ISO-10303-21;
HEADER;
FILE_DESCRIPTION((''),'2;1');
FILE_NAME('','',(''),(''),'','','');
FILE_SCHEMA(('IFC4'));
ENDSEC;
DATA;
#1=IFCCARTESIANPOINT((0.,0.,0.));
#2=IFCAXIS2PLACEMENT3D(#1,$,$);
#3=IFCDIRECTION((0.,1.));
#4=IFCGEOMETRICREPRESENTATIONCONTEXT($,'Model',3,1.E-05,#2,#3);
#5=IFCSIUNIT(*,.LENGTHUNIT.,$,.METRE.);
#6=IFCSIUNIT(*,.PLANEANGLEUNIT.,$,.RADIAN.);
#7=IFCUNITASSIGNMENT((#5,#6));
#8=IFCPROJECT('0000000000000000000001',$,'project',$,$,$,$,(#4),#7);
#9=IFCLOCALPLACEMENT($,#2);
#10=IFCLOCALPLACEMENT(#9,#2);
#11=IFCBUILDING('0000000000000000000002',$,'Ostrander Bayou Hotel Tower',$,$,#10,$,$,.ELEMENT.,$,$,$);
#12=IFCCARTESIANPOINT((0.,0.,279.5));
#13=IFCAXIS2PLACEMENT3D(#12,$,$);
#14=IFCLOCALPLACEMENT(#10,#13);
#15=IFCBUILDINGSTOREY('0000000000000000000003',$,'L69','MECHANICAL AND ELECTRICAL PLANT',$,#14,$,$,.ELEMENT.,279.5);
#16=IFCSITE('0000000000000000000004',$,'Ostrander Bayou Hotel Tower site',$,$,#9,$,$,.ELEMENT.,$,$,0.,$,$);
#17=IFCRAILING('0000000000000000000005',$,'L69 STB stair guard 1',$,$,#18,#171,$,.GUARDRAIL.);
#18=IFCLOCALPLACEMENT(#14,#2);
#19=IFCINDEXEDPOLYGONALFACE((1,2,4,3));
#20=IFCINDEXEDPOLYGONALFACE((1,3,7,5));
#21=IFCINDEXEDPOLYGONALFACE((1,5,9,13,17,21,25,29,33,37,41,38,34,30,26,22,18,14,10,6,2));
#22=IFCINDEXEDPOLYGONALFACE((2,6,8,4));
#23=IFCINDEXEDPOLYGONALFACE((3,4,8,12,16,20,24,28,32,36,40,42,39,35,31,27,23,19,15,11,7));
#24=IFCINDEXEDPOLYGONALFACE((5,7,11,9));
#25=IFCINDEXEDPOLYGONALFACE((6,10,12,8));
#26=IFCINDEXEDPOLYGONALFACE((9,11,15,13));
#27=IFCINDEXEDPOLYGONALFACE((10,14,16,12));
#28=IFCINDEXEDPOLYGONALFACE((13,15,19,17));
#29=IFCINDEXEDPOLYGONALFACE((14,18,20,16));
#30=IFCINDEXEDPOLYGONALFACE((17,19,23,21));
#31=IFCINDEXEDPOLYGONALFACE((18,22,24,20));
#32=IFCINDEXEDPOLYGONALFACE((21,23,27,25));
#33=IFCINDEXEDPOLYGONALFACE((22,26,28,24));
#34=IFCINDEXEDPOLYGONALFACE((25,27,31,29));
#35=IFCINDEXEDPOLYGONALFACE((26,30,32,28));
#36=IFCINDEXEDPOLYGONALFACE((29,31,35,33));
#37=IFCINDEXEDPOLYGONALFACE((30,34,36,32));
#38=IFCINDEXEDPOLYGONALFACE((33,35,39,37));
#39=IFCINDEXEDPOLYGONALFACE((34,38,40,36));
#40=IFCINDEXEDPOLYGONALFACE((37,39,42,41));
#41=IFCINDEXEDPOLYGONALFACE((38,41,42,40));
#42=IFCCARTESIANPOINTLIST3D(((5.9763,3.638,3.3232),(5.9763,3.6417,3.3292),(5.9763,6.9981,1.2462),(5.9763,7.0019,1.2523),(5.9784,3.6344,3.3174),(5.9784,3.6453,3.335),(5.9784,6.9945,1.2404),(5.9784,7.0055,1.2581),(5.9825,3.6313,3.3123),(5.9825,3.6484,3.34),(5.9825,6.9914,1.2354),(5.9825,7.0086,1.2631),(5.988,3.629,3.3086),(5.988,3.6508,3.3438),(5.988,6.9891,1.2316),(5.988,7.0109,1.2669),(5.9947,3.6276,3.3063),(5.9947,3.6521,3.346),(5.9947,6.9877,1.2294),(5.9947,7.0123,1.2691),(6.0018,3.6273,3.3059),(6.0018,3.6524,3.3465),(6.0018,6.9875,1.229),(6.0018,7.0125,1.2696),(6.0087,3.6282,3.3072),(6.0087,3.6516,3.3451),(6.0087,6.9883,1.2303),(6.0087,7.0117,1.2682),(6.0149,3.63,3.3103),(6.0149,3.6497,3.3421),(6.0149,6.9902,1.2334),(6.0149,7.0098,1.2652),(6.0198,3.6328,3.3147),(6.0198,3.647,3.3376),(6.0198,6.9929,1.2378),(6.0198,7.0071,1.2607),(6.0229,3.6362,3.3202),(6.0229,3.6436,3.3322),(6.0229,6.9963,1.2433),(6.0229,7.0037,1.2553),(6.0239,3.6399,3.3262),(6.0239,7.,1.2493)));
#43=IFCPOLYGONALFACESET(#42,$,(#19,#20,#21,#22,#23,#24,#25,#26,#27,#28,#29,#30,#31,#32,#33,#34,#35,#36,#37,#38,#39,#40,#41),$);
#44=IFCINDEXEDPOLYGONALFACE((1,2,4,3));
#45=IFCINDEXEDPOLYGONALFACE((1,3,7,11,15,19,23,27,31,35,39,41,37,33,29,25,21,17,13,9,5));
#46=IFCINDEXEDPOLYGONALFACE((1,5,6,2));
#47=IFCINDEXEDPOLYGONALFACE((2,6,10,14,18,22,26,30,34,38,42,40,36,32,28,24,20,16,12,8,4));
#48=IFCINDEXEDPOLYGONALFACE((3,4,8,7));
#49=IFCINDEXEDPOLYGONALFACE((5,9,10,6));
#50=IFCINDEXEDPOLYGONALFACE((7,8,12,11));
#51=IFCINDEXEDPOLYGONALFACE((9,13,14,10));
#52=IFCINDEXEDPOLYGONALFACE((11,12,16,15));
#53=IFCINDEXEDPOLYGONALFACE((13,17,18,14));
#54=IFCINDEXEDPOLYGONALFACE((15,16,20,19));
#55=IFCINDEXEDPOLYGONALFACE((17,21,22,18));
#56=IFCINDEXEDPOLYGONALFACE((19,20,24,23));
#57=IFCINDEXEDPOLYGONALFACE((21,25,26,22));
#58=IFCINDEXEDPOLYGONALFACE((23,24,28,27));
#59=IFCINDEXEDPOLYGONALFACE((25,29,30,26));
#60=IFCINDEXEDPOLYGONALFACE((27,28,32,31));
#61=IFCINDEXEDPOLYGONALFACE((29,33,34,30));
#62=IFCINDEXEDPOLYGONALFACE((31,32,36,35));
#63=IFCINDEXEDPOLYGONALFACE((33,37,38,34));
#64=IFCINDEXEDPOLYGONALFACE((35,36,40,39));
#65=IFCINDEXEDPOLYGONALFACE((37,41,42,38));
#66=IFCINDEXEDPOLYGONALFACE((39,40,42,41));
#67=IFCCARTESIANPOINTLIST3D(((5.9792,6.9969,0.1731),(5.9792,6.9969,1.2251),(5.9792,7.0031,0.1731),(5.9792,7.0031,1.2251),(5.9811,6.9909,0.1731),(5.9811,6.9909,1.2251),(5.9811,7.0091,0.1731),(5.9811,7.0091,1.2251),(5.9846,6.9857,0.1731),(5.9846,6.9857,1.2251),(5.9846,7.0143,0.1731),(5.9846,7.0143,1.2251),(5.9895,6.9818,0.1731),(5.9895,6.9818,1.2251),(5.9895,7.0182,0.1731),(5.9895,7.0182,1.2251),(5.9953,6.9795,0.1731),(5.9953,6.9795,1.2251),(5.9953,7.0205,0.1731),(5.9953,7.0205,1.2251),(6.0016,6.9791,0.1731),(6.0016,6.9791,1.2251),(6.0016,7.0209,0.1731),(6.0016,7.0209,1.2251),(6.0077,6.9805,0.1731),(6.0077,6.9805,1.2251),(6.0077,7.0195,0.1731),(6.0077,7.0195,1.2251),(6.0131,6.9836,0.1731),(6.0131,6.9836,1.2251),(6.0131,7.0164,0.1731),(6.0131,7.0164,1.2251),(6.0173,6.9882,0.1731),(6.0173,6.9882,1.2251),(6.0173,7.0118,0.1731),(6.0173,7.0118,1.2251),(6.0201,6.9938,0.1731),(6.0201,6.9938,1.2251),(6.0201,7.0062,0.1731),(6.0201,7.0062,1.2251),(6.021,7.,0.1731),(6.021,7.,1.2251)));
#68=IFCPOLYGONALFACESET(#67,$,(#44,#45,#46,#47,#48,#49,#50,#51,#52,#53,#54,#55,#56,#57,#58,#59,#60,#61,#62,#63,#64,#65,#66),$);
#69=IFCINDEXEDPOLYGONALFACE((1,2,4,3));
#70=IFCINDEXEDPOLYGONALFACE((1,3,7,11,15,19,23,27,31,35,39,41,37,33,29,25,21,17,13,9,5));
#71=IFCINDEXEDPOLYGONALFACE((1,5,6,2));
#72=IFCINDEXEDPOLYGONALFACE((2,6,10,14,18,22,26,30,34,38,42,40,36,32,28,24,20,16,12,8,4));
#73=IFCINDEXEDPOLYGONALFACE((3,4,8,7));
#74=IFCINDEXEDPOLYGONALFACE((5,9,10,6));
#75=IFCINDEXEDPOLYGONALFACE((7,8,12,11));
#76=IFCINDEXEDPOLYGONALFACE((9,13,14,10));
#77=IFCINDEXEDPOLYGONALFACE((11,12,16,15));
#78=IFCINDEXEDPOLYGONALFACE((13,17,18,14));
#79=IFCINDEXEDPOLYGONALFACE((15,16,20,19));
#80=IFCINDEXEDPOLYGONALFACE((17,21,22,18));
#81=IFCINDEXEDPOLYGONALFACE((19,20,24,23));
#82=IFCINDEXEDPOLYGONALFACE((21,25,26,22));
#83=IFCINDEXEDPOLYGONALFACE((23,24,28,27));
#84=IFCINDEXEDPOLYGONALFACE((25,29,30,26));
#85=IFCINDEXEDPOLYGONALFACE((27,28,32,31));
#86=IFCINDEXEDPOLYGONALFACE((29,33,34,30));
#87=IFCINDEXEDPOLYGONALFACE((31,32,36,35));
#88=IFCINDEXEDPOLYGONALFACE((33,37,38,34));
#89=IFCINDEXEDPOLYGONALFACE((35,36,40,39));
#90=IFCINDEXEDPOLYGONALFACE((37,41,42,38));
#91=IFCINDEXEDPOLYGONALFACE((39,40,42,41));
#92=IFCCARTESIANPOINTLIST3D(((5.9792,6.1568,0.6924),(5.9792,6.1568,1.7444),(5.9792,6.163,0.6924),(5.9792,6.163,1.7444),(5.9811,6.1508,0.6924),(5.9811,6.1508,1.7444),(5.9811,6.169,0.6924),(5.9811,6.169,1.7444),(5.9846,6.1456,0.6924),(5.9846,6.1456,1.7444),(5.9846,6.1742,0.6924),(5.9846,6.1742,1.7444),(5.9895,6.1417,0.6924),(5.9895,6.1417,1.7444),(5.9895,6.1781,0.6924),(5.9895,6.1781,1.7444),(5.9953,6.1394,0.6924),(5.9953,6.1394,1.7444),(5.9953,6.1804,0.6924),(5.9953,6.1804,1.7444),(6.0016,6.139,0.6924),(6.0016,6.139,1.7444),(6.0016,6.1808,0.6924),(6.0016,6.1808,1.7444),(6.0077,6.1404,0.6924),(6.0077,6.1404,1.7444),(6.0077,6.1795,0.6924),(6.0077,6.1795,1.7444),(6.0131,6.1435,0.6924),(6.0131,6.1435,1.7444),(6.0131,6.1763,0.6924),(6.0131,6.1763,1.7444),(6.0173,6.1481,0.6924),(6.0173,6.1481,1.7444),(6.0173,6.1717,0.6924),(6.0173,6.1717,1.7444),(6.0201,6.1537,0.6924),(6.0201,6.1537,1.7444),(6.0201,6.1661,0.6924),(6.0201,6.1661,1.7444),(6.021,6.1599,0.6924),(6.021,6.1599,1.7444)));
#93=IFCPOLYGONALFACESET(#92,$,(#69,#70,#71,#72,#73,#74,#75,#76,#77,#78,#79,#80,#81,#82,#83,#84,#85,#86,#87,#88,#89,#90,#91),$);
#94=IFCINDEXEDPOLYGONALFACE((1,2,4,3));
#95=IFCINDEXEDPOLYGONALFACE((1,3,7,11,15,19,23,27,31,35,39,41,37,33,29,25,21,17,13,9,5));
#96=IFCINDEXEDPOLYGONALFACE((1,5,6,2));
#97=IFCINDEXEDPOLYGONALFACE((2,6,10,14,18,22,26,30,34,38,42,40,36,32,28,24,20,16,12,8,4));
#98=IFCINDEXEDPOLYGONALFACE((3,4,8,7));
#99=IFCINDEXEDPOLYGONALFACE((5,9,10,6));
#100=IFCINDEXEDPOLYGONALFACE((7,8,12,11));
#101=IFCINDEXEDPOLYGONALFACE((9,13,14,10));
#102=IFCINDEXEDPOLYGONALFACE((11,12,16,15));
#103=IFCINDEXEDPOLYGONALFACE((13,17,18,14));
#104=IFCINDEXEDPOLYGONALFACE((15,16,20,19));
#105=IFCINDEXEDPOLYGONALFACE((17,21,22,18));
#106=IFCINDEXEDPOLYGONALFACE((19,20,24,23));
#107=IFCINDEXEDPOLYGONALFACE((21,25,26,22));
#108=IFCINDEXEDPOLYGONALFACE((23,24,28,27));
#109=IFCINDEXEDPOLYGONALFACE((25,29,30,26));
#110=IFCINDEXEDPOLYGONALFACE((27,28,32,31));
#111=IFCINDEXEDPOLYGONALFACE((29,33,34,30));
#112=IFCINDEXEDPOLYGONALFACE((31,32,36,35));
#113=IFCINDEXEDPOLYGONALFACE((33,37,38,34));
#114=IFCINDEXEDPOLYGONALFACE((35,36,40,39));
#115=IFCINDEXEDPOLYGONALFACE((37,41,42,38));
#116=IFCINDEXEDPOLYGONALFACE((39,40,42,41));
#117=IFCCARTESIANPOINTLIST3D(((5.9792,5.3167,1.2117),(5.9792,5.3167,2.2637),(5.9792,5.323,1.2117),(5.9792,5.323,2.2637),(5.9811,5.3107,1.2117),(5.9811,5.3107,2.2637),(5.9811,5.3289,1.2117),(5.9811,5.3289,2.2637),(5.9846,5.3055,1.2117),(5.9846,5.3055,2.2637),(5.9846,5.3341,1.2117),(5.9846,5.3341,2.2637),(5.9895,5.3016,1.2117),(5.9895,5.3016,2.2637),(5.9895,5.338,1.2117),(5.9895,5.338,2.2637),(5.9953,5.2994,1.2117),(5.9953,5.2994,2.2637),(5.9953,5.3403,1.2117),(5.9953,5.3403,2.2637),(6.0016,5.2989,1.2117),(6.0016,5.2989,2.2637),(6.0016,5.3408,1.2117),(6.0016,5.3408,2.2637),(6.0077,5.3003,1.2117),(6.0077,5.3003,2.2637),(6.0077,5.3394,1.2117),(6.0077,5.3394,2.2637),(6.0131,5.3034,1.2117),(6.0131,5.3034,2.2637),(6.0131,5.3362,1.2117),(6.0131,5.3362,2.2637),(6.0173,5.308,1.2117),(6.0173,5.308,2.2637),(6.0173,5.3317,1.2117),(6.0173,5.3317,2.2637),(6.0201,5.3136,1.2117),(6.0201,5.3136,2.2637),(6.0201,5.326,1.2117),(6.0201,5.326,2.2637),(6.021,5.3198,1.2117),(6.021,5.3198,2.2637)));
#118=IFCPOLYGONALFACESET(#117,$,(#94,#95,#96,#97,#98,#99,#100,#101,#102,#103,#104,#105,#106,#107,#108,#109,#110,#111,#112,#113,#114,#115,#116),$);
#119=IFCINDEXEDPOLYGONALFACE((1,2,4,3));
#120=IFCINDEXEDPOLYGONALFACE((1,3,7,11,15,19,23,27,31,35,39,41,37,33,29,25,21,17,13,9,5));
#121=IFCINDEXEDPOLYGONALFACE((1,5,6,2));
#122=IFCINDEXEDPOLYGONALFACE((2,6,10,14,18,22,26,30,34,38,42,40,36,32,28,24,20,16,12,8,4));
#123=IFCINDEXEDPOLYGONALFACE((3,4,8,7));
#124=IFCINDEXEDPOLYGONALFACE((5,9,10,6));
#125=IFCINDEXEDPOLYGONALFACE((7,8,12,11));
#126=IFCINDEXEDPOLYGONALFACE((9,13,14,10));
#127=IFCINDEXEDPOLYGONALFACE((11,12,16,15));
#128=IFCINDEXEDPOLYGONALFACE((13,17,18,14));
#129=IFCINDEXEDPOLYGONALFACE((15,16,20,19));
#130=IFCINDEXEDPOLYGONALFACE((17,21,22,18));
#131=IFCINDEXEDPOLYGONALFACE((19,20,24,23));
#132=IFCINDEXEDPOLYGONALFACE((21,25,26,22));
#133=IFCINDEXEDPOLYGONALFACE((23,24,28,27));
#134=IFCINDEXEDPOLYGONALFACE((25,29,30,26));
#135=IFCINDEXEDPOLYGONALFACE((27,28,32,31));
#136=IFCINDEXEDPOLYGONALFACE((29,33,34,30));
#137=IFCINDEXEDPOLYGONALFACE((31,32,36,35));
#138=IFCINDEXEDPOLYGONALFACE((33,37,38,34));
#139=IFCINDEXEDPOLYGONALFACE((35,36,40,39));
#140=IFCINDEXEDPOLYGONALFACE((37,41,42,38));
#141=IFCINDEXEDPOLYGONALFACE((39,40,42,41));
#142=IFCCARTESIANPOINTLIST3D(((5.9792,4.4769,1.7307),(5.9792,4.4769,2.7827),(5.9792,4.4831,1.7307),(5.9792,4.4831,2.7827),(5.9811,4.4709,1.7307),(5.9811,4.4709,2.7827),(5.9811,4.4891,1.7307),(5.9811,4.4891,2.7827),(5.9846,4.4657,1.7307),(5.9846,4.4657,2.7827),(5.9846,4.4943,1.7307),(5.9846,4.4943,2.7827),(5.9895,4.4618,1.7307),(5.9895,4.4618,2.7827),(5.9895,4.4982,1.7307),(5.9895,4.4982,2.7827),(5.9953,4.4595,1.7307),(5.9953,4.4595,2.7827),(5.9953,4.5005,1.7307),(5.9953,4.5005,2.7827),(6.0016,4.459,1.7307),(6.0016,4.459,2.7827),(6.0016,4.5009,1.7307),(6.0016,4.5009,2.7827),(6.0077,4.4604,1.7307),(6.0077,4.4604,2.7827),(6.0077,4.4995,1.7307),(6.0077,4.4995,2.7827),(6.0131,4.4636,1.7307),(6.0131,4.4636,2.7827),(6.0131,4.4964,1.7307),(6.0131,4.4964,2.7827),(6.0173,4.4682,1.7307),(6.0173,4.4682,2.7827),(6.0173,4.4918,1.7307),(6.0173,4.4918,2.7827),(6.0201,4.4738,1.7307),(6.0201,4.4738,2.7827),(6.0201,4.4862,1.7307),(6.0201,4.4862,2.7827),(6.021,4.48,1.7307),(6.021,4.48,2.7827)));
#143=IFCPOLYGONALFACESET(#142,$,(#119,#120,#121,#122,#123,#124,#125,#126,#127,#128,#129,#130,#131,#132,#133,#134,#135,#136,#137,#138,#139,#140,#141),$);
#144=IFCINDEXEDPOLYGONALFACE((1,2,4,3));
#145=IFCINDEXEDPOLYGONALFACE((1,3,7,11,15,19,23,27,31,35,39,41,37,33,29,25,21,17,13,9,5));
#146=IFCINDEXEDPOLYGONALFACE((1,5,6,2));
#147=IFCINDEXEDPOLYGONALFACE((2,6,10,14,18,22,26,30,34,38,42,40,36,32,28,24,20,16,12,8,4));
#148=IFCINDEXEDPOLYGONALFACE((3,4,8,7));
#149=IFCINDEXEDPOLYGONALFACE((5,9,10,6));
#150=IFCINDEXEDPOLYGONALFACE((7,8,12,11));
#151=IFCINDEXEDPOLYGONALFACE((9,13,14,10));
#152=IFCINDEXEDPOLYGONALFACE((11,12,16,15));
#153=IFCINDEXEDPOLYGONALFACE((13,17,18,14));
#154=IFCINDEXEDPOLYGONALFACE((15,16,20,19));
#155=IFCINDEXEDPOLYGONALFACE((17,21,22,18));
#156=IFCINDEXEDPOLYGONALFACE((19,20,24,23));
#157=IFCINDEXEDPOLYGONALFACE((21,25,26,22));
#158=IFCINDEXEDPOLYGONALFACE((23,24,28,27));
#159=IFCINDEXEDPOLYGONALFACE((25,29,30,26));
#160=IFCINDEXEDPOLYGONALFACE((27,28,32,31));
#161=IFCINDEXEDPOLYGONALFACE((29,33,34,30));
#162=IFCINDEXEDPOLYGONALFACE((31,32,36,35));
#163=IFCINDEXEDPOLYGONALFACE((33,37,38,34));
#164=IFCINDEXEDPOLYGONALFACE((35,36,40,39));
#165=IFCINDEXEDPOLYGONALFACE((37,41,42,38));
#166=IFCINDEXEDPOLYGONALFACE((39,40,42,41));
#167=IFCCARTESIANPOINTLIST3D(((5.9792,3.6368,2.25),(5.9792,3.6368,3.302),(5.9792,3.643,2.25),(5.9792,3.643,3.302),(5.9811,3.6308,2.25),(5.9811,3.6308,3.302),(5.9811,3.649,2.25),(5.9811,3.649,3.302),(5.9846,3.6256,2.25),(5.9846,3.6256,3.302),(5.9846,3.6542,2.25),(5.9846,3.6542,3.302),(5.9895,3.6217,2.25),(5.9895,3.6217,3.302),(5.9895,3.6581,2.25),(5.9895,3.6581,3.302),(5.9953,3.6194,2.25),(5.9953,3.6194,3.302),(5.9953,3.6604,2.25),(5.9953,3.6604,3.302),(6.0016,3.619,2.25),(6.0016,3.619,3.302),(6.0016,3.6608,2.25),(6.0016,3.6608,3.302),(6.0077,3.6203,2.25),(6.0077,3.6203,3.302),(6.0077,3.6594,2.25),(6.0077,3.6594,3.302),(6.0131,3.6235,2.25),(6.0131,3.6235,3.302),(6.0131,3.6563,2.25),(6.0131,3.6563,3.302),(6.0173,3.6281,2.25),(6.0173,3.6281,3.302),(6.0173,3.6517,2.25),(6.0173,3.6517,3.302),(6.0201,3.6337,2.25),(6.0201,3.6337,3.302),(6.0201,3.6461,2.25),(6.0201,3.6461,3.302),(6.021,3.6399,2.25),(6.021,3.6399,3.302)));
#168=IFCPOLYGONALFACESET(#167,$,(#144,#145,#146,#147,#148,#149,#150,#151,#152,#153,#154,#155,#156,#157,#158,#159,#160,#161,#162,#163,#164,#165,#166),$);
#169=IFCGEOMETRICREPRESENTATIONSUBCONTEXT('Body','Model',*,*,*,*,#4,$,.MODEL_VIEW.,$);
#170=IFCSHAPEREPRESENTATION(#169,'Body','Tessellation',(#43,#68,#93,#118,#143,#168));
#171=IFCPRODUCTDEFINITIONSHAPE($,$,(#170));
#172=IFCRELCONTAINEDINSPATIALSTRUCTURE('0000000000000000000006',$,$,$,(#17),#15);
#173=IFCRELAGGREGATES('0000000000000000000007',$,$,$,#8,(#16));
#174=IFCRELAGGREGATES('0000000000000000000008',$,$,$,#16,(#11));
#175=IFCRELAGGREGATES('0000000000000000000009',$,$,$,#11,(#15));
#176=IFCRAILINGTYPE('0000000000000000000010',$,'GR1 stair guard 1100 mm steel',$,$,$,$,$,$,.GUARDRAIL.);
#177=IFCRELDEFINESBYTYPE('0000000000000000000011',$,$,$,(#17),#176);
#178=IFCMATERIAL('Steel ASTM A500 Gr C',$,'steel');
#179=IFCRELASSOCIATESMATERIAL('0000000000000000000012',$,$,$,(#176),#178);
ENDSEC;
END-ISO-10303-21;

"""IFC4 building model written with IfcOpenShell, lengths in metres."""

from ifc_helpers import new_model, si_unit, direction, frame, origin, origin_2d, place, context, subcontext, project, spatial, circle, extrude, material, type_object, element, save


model = new_model("IFC4")

# Units and contexts
model_context = context("Model", 3, precision=1e-05, world=origin(), true_north=direction((0.0, 1.0)))
body_context = subcontext(model_context, "Body", "Model", "MODEL_VIEW")
ifc_project = project(units=[si_unit("LENGTHUNIT", "METRE"), si_unit("PLANEANGLEUNIT", "RADIAN")], contexts=[model_context])

# Site, building, storey
site_placement = place(None, origin())
site = spatial("IfcSite", under=ifc_project, at=site_placement, Name="Ostrander Bayou Hotel Tower site", CompositionType="ELEMENT", RefElevation=0.0)
building_placement = place(site_placement, origin())
building = spatial("IfcBuilding", under=site, at=building_placement, Name="Ostrander Bayou Hotel Tower", CompositionType="ELEMENT")
storey_placement = place(building_placement, frame((0.0, 0.0, 279.5)))
storey = spatial("IfcBuildingStorey", under=building, at=storey_placement, Name="L69", Description="MECHANICAL AND ELECTRICAL PLANT", CompositionType="ELEMENT", Elevation=279.5)

# Railing
ifc_material_1 = material(Name="Steel ASTM A500 Gr C", Category="steel")
railing_type_1 = type_object("IfcRailingType", Name="GR1 stair guard 1100 mm steel", PredefinedType="GUARDRAIL", material=ifc_material_1)
railing_1_placement = place(storey_placement, frame((6.0, 7.0, 0.1731)))
element("IfcRailing", 1, at=railing_1_placement, inside=storey, type_object=railing_type_1, Name="L69 STB stair guard 1", PredefinedType="GUARDRAIL", context=body_context, shape_type="SweptSolid", body=[
    extrude(circle(Radius=0.0239, at=origin_2d()), frame((0.0, 0.0, 1.0762), z_axis=(0.0, -0.850623, 0.525776), x_axis=(1.0, 0.0, 0.0)), (0.0, 0.0, 1.0), 3.9502),
    extrude(circle(Radius=0.021, at=origin_2d()), origin(), (0.0, 0.0, 1.0), 1.052),
    extrude(circle(Radius=0.021, at=origin_2d()), frame((0.0, -0.8401, 0.5193)), (0.0, 0.0, 1.0), 1.052),
    extrude(circle(Radius=0.021, at=origin_2d()), frame((0.0, -1.6802, 1.0386)), (0.0, 0.0, 1.0), 1.052),
    extrude(circle(Radius=0.021, at=origin_2d()), frame((0.0, -2.52, 1.5576)), (0.0, 0.0, 1.0), 1.052),
    extrude(circle(Radius=0.021, at=origin_2d()), frame((0.0, -3.3601, 2.0769)), (0.0, 0.0, 1.0), 1.052),
])

save(model, "model.ifc")
